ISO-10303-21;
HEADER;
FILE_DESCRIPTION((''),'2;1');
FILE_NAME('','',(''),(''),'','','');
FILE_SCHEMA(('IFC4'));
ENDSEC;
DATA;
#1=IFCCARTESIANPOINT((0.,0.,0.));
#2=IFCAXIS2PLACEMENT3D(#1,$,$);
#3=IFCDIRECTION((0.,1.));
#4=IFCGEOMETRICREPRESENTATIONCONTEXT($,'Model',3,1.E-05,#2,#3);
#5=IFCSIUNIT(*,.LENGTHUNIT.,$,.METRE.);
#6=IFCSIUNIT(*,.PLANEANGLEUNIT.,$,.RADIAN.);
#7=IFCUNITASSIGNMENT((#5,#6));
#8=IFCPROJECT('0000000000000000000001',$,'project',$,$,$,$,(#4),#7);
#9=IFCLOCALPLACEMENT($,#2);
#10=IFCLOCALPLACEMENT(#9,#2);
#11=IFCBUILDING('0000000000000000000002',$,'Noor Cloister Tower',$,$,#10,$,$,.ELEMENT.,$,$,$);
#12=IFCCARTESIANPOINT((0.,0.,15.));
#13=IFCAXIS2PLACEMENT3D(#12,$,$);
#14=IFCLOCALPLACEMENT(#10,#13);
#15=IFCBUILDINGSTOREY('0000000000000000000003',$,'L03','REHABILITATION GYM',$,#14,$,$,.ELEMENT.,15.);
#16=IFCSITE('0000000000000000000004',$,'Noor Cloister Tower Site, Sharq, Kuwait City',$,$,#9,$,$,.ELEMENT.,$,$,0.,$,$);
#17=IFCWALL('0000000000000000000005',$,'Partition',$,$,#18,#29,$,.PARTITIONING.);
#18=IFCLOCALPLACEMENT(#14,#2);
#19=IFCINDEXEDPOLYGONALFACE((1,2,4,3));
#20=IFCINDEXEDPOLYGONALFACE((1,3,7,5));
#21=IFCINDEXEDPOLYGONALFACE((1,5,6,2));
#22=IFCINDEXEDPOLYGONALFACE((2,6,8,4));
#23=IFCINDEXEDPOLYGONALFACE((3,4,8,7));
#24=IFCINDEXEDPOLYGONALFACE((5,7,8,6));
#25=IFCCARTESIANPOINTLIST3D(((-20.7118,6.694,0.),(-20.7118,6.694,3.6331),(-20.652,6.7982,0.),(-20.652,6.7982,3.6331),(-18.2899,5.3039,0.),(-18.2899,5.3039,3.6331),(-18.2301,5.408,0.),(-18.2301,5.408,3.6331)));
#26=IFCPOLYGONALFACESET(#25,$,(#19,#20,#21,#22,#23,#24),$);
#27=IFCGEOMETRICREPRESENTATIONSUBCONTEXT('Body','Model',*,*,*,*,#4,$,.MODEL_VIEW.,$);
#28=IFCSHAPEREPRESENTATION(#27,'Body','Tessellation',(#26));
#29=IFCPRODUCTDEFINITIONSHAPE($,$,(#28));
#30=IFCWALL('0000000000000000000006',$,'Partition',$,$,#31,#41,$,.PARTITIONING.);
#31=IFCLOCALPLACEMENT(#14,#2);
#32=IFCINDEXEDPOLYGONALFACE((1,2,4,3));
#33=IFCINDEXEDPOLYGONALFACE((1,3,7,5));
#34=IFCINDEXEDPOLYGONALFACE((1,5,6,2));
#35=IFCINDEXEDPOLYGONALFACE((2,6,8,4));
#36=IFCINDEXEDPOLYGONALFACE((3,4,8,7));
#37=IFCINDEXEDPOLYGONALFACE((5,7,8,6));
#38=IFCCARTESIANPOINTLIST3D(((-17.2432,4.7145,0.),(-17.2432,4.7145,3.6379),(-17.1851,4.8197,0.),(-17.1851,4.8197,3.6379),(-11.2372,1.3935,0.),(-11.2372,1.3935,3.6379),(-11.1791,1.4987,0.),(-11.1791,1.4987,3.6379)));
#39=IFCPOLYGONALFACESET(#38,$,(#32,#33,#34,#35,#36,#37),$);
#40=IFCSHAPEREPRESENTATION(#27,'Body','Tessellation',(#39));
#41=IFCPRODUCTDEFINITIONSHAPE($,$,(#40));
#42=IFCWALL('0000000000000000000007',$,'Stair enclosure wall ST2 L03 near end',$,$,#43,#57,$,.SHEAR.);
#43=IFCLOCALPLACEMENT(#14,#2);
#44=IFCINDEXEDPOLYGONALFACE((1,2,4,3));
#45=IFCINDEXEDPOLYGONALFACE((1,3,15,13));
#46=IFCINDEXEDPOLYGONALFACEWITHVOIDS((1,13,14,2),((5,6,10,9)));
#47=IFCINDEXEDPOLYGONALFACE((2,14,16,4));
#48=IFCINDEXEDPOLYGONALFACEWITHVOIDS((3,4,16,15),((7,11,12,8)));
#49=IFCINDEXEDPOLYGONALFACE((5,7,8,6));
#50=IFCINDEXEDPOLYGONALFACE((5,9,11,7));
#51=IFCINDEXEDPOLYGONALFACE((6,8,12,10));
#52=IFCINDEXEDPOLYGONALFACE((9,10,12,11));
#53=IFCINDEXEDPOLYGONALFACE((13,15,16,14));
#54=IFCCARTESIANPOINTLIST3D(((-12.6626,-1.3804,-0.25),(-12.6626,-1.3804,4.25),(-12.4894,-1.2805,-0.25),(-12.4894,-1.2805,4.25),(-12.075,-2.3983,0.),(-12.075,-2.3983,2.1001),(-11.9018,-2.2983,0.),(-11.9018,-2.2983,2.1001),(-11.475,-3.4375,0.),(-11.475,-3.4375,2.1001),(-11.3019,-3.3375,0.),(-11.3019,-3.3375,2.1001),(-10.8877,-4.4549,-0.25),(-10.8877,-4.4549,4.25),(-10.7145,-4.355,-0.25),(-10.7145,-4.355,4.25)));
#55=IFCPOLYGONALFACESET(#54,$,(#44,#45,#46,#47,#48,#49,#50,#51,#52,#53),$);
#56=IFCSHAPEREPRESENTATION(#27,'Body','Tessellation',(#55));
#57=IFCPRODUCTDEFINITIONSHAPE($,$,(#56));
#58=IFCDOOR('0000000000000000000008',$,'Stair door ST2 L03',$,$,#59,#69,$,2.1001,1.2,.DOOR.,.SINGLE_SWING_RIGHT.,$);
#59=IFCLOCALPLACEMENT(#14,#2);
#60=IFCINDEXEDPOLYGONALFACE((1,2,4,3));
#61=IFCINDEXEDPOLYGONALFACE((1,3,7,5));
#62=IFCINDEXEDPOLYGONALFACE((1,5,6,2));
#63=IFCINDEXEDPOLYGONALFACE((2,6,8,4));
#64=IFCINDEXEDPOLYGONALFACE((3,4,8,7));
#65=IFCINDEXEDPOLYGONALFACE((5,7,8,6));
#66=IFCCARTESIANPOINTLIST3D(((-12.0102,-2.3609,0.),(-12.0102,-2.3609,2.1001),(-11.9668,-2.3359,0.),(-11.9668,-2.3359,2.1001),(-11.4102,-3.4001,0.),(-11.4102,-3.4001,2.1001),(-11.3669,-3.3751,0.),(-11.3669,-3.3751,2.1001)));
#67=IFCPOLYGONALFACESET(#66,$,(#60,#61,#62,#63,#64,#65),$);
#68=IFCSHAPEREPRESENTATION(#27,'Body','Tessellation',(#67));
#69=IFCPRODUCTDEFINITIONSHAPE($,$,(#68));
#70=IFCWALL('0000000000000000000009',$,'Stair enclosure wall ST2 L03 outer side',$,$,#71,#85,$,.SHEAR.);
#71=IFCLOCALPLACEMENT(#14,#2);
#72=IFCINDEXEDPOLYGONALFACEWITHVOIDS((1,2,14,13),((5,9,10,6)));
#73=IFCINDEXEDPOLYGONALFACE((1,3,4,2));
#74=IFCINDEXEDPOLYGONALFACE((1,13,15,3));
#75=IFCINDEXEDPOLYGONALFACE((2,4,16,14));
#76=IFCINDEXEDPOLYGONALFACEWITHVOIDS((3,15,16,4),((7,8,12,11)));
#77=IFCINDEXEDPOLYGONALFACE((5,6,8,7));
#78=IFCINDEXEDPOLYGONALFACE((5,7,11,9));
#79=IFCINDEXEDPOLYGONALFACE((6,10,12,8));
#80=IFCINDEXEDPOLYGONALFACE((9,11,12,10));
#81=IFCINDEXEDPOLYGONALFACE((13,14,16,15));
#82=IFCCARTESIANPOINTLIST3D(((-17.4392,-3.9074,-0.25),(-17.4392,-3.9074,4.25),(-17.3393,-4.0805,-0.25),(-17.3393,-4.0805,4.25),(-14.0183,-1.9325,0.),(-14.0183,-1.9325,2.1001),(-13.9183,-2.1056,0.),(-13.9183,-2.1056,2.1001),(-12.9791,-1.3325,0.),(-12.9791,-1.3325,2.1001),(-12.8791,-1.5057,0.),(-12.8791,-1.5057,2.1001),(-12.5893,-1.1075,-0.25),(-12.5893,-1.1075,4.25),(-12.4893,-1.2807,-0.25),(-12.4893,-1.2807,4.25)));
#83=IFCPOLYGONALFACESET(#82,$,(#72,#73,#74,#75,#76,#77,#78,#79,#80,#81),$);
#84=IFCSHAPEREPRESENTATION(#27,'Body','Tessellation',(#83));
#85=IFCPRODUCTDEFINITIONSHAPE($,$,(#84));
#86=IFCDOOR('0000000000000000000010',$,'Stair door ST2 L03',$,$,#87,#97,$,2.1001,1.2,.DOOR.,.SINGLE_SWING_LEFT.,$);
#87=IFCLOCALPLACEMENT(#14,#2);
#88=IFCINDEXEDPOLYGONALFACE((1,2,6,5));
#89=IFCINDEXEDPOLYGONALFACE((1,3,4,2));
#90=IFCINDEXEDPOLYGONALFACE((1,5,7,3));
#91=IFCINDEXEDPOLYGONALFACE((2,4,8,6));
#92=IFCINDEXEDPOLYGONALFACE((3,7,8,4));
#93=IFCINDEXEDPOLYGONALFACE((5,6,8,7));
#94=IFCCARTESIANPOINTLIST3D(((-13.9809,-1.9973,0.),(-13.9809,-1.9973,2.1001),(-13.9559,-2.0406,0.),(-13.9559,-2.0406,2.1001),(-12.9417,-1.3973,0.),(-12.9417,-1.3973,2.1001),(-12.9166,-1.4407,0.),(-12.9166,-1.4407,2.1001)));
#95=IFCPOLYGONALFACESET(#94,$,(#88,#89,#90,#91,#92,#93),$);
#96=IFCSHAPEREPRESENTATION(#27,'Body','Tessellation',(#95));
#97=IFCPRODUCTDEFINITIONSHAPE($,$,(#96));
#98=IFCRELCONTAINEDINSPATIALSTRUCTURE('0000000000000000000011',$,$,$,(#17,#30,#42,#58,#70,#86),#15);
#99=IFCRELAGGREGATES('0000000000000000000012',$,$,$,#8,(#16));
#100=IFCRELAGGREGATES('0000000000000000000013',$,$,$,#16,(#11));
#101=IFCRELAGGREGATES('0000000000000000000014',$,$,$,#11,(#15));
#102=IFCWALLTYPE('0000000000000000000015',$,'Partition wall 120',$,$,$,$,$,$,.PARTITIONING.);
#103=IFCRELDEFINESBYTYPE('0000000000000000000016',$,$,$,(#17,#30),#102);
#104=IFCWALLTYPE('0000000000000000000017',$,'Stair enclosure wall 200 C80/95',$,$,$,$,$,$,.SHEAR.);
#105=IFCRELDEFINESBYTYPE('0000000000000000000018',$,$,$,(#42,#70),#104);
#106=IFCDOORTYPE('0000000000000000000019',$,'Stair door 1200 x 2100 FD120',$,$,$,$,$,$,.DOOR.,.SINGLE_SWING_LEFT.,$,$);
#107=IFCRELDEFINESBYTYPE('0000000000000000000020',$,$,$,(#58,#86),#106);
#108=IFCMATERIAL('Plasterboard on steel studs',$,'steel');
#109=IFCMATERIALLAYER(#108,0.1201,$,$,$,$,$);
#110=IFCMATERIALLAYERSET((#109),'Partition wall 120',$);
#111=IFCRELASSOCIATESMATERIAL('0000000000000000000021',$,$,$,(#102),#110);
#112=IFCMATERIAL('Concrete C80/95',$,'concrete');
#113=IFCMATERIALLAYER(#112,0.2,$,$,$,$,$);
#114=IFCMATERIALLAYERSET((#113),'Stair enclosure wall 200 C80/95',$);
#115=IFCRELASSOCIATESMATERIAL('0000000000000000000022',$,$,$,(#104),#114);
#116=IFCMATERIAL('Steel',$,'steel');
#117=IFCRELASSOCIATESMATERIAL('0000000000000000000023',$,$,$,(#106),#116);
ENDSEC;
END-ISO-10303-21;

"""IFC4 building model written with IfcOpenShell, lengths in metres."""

from ifc_helpers import new_model, si_unit, direction, frame, frame_2d, origin, place, context, subcontext, project, spatial, rectangle, extrude, material, layer, layer_set, type_object, element, fill, save


model = new_model("IFC4")

# Units and contexts
model_context = context("Model", 3, precision=1e-05, world=origin(), true_north=direction((0.0, 1.0)))
body_context = subcontext(model_context, "Body", "Model", "MODEL_VIEW")
ifc_project = project(units=[si_unit("LENGTHUNIT", "METRE"), si_unit("PLANEANGLEUNIT", "RADIAN")], contexts=[model_context])

# Site, building, storey
site_placement = place(None, origin())
site = spatial("IfcSite", under=ifc_project, at=site_placement, Name="Noor Cloister Tower Site, Sharq, Kuwait City", CompositionType="ELEMENT", RefElevation=0.0)
building_placement = place(site_placement, origin())
building = spatial("IfcBuilding", under=site, at=building_placement, Name="Noor Cloister Tower", CompositionType="ELEMENT")
storey_placement = place(building_placement, frame((0.0, 0.0, 15.0)))
storey = spatial("IfcBuildingStorey", under=building, at=storey_placement, Name="L03", Description="REHABILITATION GYM", CompositionType="ELEMENT", Elevation=15.0)

# Walls
ifc_material_1 = material(Name="Plasterboard on steel studs", Category="steel")
ifc_layer_1 = layer(ifc_material_1, 0.1201)
ifc_layer_set_1 = layer_set([ifc_layer_1], Name="Partition wall 120")
wall_type_1 = type_object("IfcWallType", Name="Partition wall 120", PredefinedType="PARTITIONING", material=ifc_layer_set_1)
wall_1_placement = place(storey_placement, frame((-18.26, 5.356, 0.0), z_axis=(0.0, 0.0, 1.0), x_axis=(-0.867284, 0.497814, 0.0)))
element("IfcWall", 1, at=wall_1_placement, inside=storey, type_object=wall_type_1, Name="Partition", PredefinedType="PARTITIONING", context=body_context, shape_type="SweptSolid", body=[
    extrude(rectangle(XDim=2.7925, YDim=0.1201, at=frame_2d((1.3962, 0.0))), origin(), (0.0, 0.0, 1.0), 3.6331),
])
wall_2_placement = place(storey_placement, frame((-11.208, 1.446, 0.0), z_axis=(0.0, 0.0, 1.0), x_axis=(-0.875125, 0.483896, 0.0)))
element("IfcWall", 2, at=wall_2_placement, inside=storey, type_object=wall_type_1, Name="Partition", PredefinedType="PARTITIONING", context=body_context, shape_type="SweptSolid", body=[
    extrude(rectangle(XDim=6.863, YDim=0.1201, at=frame_2d((3.4316, 0.0))), origin(), (0.0, 0.0, 1.0), 3.6379),
])

# Walls, openings, doors
ifc_material_2 = material(Name="Concrete C80/95", Category="concrete")
ifc_layer_2 = layer(ifc_material_2, 0.2)
ifc_layer_set_2 = layer_set([ifc_layer_2], Name="Stair enclosure wall 200 C80/95")
wall_type_2 = type_object("IfcWallType", Name="Stair enclosure wall 200 C80/95", PredefinedType="SHEAR", material=ifc_layer_set_2)
wall_3_placement = place(storey_placement, frame((-12.5759, -1.3306, -0.25), z_axis=(0.0, 0.0, 1.0), x_axis=(0.49997, -0.866042, 0.0)))
wall_3 = element("IfcWall", 3, at=wall_3_placement, inside=storey, type_object=wall_type_2, Name="Stair enclosure wall ST2 L03 near end", PredefinedType="SHEAR", context=body_context, shape_type="SweptSolid", body=[
    extrude(rectangle(XDim=3.55, YDim=0.2, at=frame_2d((1.7749, 0.0))), origin(), (0.0, 0.0, 1.0), 4.5),
])
opening_1_placement = place(wall_3_placement, frame((1.175, 0.0, 0.25)))
opening_1 = element("IfcOpeningElement", 4, at=opening_1_placement, cuts=wall_3, PredefinedType="OPENING", context=body_context, shape_type="SweptSolid", body=[
    extrude(rectangle(XDim=1.2, YDim=2.1001, at=frame_2d((0.6001, 1.05))), frame((0.0, 0.1099, 0.0), z_axis=(0.0, -1.0, 0.0), x_axis=(1.0, 0.0, 0.0)), (0.0, 0.0, 1.0), 0.22),
])
ifc_material_3 = material(Name="Steel", Category="steel")
door_type_1 = type_object("IfcDoorType", Name="Stair door 1200 x 2100 FD120", OperationType="SINGLE_SWING_LEFT", PredefinedType="DOOR", material=ifc_material_3)
door_1_placement = place(opening_1_placement, origin())
door_1 = element("IfcDoor", 5, at=door_1_placement, inside=storey, type_object=door_type_1, Name="Stair door ST2 L03", OperationType="SINGLE_SWING_RIGHT", OverallHeight=2.1001, OverallWidth=1.2, PredefinedType="DOOR", context=body_context, shape_type="SweptSolid", body=[
    extrude(rectangle(XDim=1.2, YDim=2.1001, at=frame_2d((0.6001, 1.05))), frame((0.0, 0.0249, 0.0), z_axis=(0.0, -1.0, 0.0), x_axis=(1.0, 0.0, 0.0)), (0.0, 0.0, 1.0), 0.05),
])
fill(opening_1, door_1)
wall_4_placement = place(storey_placement, frame((-12.5393, -1.1941, -0.25), z_axis=(0.0, 0.0, 1.0), x_axis=(-0.866045, -0.499965, 0.0)))
wall_4 = element("IfcWall", 6, at=wall_4_placement, inside=storey, type_object=wall_type_2, Name="Stair enclosure wall ST2 L03 outer side", PredefinedType="SHEAR", context=body_context, shape_type="SweptSolid", body=[
    extrude(rectangle(XDim=5.6001, YDim=0.2, at=frame_2d((2.8, 0.0))), origin(), (0.0, 0.0, 1.0), 4.5),
])
opening_2_placement = place(wall_4_placement, frame((0.45, 0.0, 0.25)))
opening_2 = element("IfcOpeningElement", 7, at=opening_2_placement, cuts=wall_4, PredefinedType="OPENING", context=body_context, shape_type="SweptSolid", body=[
    extrude(rectangle(XDim=1.2, YDim=2.1001, at=frame_2d((0.6001, 1.05))), frame((0.0, 0.1099, 0.0), z_axis=(0.0, -1.0, 0.0), x_axis=(1.0, 0.0, 0.0)), (0.0, 0.0, 1.0), 0.22),
])
door_2_placement = place(opening_2_placement, origin())
door_2 = element("IfcDoor", 8, at=door_2_placement, inside=storey, type_object=door_type_1, Name="Stair door ST2 L03", OperationType="SINGLE_SWING_LEFT", OverallHeight=2.1001, OverallWidth=1.2, PredefinedType="DOOR", context=body_context, shape_type="SweptSolid", body=[
    extrude(rectangle(XDim=1.2, YDim=2.1001, at=frame_2d((0.6001, 1.05))), frame((0.0, 0.0249, 0.0), z_axis=(0.0, -1.0, 0.0), x_axis=(1.0, 0.0, 0.0)), (0.0, 0.0, 1.0), 0.05),
])
fill(opening_2, door_2)

save(model, "model.ifc")
